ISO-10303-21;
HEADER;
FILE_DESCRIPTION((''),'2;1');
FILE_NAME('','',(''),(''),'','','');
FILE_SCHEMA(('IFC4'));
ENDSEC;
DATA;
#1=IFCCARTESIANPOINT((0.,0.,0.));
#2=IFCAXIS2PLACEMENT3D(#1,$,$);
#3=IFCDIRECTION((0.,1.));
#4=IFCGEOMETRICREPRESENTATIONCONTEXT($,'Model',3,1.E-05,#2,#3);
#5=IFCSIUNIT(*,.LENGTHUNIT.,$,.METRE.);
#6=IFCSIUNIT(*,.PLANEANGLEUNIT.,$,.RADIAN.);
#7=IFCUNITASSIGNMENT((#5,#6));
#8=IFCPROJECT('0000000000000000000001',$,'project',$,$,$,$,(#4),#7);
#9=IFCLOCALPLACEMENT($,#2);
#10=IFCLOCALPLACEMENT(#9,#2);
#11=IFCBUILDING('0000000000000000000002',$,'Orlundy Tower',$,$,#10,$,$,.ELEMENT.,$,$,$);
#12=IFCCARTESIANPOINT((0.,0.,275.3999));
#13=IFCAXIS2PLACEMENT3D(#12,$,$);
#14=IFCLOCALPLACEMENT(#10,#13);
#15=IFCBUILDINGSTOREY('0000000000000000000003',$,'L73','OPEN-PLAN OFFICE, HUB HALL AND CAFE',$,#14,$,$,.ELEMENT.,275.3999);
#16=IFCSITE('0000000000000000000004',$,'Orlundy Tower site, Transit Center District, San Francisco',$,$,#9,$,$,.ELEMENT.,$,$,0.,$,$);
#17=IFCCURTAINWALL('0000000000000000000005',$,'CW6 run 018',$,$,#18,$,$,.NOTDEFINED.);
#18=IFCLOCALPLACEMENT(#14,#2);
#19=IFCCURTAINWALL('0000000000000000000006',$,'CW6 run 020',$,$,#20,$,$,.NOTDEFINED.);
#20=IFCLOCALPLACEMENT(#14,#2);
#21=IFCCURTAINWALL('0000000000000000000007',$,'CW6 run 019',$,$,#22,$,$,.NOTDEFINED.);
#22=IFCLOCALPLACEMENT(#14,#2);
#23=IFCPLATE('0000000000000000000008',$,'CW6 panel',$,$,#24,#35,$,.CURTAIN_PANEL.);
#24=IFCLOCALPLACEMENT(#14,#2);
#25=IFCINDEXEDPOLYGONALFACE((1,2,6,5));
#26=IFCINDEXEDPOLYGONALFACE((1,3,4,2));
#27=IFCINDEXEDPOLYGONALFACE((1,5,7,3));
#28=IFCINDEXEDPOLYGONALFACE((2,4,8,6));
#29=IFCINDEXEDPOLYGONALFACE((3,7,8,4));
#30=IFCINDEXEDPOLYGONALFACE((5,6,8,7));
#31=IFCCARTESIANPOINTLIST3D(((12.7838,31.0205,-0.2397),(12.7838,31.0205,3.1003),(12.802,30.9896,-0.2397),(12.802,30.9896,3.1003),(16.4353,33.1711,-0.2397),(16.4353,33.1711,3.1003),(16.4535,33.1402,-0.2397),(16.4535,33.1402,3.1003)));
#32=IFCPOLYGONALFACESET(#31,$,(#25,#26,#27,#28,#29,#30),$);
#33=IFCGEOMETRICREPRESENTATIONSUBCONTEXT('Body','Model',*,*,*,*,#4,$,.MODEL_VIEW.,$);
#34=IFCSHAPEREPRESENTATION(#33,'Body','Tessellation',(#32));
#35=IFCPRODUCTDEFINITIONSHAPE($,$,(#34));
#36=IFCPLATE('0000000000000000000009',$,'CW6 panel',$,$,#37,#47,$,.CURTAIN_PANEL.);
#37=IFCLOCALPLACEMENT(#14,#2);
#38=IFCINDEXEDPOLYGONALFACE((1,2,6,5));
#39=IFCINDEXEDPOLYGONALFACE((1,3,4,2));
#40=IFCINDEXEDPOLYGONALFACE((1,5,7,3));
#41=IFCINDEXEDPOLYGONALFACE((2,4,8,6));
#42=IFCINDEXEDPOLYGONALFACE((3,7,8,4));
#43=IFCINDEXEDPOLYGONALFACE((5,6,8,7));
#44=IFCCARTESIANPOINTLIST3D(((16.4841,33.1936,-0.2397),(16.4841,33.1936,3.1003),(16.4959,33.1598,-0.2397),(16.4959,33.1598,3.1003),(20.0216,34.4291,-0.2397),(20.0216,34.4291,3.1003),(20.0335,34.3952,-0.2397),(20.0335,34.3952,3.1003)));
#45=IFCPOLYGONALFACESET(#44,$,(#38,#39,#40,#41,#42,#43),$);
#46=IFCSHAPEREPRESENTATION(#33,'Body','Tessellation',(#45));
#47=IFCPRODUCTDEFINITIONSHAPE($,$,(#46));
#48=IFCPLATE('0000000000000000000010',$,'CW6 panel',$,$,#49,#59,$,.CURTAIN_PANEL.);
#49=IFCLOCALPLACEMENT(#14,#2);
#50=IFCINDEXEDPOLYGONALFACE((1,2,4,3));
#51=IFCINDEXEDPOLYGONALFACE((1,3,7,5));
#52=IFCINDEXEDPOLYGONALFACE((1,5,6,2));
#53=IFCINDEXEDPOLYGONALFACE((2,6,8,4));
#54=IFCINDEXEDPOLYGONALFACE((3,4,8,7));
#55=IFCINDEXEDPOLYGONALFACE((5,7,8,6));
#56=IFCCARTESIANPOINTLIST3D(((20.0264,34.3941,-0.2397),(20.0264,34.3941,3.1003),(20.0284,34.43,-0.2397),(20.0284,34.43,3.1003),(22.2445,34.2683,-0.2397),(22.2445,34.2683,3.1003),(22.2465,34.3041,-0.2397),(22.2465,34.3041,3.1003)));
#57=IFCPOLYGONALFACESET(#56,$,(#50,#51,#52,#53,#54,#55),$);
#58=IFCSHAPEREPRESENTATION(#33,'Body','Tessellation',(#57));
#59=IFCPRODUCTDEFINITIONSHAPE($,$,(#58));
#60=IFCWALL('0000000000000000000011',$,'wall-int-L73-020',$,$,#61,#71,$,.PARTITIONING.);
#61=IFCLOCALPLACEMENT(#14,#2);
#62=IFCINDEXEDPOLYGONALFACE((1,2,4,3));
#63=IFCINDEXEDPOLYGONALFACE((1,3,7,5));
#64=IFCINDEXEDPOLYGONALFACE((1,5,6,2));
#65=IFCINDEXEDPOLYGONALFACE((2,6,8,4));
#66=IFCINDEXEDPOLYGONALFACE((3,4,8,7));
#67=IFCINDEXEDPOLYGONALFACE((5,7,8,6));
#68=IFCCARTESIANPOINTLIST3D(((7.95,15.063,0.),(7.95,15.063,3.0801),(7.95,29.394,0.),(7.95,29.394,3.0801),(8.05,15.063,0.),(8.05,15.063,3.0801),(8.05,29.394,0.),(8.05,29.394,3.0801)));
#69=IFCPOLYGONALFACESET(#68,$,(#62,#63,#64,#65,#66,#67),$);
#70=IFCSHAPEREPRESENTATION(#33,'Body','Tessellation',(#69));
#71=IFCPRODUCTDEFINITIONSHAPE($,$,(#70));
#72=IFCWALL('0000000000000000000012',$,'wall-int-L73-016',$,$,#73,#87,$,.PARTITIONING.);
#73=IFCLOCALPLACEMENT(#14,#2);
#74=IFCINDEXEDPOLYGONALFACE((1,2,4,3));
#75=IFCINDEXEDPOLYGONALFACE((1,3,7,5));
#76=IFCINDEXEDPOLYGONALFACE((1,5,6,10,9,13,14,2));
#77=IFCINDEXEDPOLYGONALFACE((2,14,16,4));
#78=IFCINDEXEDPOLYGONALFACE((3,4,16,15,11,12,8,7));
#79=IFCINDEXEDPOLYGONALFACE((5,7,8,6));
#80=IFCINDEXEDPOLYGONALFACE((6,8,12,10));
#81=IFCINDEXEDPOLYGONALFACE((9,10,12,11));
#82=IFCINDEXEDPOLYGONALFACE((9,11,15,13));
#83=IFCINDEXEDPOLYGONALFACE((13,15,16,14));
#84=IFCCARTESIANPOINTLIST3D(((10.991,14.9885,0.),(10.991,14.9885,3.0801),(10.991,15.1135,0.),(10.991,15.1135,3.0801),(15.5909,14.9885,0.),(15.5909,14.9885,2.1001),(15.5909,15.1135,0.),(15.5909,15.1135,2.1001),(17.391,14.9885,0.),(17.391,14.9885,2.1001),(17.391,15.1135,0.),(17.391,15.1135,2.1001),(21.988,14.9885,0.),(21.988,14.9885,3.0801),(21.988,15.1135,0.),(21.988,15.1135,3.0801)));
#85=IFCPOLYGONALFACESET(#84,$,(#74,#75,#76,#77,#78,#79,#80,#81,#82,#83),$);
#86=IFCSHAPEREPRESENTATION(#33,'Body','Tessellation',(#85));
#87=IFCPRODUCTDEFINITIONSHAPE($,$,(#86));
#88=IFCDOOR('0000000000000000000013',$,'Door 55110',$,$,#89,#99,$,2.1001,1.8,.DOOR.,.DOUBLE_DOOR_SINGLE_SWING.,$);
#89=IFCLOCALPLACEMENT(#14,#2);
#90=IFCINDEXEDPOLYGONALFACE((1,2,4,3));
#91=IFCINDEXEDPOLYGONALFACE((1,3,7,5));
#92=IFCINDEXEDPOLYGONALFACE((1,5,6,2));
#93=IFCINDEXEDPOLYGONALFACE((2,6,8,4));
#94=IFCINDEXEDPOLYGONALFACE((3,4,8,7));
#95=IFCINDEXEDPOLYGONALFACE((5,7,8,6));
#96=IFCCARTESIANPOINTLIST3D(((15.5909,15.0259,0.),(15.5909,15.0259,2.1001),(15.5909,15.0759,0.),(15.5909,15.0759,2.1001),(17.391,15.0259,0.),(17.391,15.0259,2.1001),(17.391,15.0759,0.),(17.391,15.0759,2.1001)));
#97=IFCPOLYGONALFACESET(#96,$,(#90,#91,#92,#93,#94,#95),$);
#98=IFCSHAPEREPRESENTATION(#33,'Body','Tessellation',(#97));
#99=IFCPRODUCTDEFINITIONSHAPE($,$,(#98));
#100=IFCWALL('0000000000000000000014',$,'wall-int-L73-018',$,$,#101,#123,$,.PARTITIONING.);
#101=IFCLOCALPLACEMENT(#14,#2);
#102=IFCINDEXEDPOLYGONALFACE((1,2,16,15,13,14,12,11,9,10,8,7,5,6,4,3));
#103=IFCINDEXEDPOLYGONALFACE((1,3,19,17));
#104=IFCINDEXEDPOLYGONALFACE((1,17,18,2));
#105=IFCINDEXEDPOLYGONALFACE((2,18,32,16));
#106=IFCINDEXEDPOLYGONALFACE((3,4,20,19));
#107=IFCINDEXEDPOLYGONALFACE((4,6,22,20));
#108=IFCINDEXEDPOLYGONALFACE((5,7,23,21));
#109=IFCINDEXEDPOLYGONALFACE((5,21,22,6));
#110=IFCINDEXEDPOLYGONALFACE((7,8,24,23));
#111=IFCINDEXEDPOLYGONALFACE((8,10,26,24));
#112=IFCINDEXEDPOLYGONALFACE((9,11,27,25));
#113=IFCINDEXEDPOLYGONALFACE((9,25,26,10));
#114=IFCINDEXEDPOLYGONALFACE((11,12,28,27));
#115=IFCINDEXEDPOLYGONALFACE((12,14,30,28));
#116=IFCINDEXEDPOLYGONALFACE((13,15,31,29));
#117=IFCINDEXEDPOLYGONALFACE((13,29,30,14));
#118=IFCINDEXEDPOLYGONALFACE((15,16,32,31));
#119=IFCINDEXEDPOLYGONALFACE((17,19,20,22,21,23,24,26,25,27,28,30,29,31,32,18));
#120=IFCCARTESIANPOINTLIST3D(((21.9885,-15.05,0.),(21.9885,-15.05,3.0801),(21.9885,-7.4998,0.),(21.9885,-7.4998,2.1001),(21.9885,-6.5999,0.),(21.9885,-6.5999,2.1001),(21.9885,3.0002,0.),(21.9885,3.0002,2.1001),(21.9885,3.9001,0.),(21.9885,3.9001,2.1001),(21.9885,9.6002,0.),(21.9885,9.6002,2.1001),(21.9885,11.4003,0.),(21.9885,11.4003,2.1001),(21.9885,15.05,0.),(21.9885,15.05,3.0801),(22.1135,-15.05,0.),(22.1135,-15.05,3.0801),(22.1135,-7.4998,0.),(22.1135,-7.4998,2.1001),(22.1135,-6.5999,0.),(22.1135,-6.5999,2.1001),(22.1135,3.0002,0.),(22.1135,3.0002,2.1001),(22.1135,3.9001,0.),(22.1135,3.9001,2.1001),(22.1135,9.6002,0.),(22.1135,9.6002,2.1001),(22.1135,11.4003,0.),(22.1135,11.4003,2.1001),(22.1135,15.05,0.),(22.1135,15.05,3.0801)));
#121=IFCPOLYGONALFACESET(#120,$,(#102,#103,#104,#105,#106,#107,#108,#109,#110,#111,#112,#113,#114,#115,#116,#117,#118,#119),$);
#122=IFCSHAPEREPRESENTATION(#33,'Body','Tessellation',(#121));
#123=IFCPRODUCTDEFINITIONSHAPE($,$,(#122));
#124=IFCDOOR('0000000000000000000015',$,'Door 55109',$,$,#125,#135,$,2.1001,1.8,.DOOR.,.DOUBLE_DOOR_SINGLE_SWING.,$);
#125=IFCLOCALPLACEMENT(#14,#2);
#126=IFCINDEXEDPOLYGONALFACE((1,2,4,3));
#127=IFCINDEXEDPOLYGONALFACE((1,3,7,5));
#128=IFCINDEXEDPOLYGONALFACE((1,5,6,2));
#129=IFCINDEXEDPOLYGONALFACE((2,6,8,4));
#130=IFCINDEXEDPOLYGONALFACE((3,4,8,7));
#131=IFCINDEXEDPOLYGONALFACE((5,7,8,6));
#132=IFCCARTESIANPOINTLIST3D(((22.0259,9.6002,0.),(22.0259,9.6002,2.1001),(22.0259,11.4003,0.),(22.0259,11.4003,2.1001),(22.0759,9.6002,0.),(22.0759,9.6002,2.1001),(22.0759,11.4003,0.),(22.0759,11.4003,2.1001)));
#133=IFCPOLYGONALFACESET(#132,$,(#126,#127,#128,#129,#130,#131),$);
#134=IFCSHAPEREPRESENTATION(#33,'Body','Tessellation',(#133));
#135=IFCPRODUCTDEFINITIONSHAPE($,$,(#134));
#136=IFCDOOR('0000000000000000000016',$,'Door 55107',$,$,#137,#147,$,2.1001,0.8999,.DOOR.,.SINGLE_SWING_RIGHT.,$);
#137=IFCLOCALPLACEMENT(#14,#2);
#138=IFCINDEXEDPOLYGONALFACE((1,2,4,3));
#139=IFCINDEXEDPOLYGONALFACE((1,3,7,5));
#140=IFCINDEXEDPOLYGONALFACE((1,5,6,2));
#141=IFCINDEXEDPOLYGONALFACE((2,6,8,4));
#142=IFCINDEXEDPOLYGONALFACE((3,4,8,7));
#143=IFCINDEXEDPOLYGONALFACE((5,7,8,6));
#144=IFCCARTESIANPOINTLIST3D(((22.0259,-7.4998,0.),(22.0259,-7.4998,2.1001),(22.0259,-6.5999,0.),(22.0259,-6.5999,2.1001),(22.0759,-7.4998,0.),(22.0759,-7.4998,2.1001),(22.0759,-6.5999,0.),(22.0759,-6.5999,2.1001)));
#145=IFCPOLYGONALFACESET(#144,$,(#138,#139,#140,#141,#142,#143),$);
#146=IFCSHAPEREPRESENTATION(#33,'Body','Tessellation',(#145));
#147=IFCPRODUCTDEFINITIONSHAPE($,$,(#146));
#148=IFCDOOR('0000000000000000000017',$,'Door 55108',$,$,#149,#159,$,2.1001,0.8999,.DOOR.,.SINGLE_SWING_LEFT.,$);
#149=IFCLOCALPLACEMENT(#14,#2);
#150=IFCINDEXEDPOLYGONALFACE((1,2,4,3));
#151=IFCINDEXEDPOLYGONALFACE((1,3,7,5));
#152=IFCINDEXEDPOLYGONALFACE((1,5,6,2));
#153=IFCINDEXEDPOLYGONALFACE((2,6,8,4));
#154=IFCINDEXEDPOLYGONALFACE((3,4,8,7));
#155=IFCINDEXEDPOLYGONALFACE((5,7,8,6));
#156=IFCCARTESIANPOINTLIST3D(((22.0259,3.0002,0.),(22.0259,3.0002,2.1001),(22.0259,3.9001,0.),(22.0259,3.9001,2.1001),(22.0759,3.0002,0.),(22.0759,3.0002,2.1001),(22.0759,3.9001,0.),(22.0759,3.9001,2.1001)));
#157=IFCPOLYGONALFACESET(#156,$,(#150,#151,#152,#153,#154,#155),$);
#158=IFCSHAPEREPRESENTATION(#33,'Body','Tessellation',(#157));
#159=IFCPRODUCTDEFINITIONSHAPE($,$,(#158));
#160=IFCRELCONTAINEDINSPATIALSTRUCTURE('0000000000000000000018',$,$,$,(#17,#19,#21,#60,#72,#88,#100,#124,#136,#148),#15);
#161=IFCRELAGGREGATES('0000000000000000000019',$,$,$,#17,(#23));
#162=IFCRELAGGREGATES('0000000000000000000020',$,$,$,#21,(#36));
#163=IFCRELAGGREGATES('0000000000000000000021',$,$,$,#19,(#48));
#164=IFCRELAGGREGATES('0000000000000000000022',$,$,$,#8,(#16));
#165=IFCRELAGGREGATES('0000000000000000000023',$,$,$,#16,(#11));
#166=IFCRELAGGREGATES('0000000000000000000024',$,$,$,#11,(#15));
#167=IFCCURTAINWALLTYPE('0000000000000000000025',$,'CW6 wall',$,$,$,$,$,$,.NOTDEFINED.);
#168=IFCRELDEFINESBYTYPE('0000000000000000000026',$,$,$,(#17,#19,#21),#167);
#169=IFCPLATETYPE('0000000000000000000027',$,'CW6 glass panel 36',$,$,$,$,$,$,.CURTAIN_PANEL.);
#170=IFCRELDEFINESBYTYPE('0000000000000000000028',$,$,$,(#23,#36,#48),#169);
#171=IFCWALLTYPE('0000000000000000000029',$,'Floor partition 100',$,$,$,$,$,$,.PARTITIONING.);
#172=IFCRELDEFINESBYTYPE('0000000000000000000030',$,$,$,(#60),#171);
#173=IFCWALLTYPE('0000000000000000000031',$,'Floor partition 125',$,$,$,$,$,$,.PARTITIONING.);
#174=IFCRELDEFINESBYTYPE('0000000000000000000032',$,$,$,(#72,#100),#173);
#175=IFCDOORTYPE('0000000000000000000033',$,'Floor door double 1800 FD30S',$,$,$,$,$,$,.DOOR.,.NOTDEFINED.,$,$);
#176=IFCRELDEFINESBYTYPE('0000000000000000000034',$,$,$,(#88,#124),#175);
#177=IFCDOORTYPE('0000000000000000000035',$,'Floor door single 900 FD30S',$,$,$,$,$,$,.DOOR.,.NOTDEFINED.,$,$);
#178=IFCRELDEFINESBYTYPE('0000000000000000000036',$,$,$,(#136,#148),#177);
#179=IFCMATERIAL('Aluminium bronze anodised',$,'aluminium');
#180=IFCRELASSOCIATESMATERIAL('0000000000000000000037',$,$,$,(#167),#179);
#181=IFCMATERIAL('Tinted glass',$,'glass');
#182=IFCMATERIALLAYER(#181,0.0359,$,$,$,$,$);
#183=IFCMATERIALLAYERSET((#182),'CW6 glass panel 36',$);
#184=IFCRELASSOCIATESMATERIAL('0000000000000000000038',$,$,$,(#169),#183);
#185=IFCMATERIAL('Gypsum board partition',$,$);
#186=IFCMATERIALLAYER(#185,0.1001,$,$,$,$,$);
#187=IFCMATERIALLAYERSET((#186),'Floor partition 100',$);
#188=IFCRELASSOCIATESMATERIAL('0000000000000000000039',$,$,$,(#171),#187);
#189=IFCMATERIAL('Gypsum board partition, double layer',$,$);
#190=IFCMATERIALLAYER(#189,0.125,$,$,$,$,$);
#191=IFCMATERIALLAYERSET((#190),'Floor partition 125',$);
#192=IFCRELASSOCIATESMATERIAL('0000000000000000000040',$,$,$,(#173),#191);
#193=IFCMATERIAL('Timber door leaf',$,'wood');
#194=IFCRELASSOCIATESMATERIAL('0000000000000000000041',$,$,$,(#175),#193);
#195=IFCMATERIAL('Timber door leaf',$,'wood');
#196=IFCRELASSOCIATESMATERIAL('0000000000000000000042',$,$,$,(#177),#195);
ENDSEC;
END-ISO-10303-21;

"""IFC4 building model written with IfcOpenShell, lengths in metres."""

from ifc_helpers import new_model, si_unit, direction, frame, frame_2d, origin, origin_2d, place, context, subcontext, project, spatial, rectangle, extrude, material, layer, layer_set, type_object, element, fill, aggregate, save


model = new_model("IFC4")

# Units and contexts
model_context = context("Model", 3, precision=1e-05, world=origin(), true_north=direction((0.0, 1.0)))
body_context = subcontext(model_context, "Body", "Model", "MODEL_VIEW")
ifc_project = project(units=[si_unit("LENGTHUNIT", "METRE"), si_unit("PLANEANGLEUNIT", "RADIAN")], contexts=[model_context])

# Site, building, storey
site_placement = place(None, origin())
site = spatial("IfcSite", under=ifc_project, at=site_placement, Name="Orlundy Tower site, Transit Center District, San Francisco", CompositionType="ELEMENT", RefElevation=0.0)
building_placement = place(site_placement, origin())
building = spatial("IfcBuilding", under=site, at=building_placement, Name="Orlundy Tower", CompositionType="ELEMENT")
storey_placement = place(building_placement, frame((0.0, 0.0, 275.3999)))
storey = spatial("IfcBuildingStorey", under=building, at=storey_placement, Name="L73", Description="OPEN-PLAN OFFICE, HUB HALL AND CAFE", CompositionType="ELEMENT", Elevation=275.3999)

# Curtain walls
ifc_material_1 = material(Name="Aluminium bronze anodised", Category="aluminium")
curtain_wall_type = type_object("IfcCurtainWallType", Name="CW6 wall", PredefinedType="NOTDEFINED", material=ifc_material_1)
curtain_wall_1_placement = place(storey_placement, origin())
curtain_wall_1 = element("IfcCurtainWall", 1, at=curtain_wall_1_placement, inside=storey, type_object=curtain_wall_type, Name="CW6 run 018", PredefinedType="NOTDEFINED")
curtain_wall_2_placement = place(storey_placement, origin())
curtain_wall_2 = element("IfcCurtainWall", 2, at=curtain_wall_2_placement, inside=storey, type_object=curtain_wall_type, Name="CW6 run 020", PredefinedType="NOTDEFINED")

# Curtain wall
curtain_wall_3_placement = place(storey_placement, origin())
curtain_wall_3 = element("IfcCurtainWall", 3, at=curtain_wall_3_placement, inside=storey, type_object=curtain_wall_type, Name="CW6 run 019", PredefinedType="NOTDEFINED")

# Plates
ifc_material_2 = material(Name="Tinted glass", Category="glass")
ifc_layer_1 = layer(ifc_material_2, 0.0359)
ifc_layer_set_1 = layer_set([ifc_layer_1], Name="CW6 glass panel 36")
plate_type = type_object("IfcPlateType", Name="CW6 glass panel 36", PredefinedType="CURTAIN_PANEL", material=ifc_layer_set_1)
plate_1_placement = place(storey_placement, frame((14.6187, 32.0803, -0.2397), z_axis=(0.0, 0.0, 1.0), x_axis=(0.861663, 0.507481, 0.0)))
plate_1 = element("IfcPlate", 4, at=plate_1_placement, type_object=plate_type, Name="CW6 panel", PredefinedType="CURTAIN_PANEL", context=body_context, shape_type="SweptSolid", body=[
    extrude(rectangle(XDim=4.2378, YDim=0.0359, at=origin_2d()), origin(), (0.0, 0.0, 1.0), 3.3401),
])
aggregate(curtain_wall_1, [plate_1])
plate_2_placement = place(storey_placement, frame((18.2588, 33.7944, -0.2397), z_axis=(0.0, 0.0, 1.0), x_axis=(0.944081, 0.329713, 0.0)))
plate_2 = element("IfcPlate", 5, at=plate_2_placement, type_object=plate_type, Name="CW6 panel", PredefinedType="CURTAIN_PANEL", context=body_context, shape_type="SweptSolid", body=[
    extrude(rectangle(XDim=3.7471, YDim=0.0359, at=origin_2d()), origin(), (0.0, 0.0, 1.0), 3.3401),
])
aggregate(curtain_wall_3, [plate_2])
plate_3_placement = place(storey_placement, frame((21.1365, 34.3491, -0.2397), z_axis=(0.0, 0.0, 1.0), x_axis=(0.998394, -0.05665, 0.0)))
plate_3 = element("IfcPlate", 6, at=plate_3_placement, type_object=plate_type, Name="CW6 panel", PredefinedType="CURTAIN_PANEL", context=body_context, shape_type="SweptSolid", body=[
    extrude(rectangle(XDim=2.2217, YDim=0.0359, at=origin_2d()), origin(), (0.0, 0.0, 1.0), 3.3401),
])
aggregate(curtain_wall_2, [plate_3])

# Wall
ifc_material_3 = material(Name="Gypsum board partition")
ifc_layer_2 = layer(ifc_material_3, 0.1001)
ifc_layer_set_2 = layer_set([ifc_layer_2], Name="Floor partition 100")
wall_type_1 = type_object("IfcWallType", Name="Floor partition 100", PredefinedType="PARTITIONING", material=ifc_layer_set_2)
wall_1_placement = place(storey_placement, frame((8.0, 15.063, 0.0), z_axis=(0.0, 0.0, 1.0), x_axis=(0.0, 1.0, 0.0)))
element("IfcWall", 7, at=wall_1_placement, inside=storey, type_object=wall_type_1, Name="wall-int-L73-020", PredefinedType="PARTITIONING", context=body_context, shape_type="SweptSolid", body=[
    extrude(rectangle(XDim=14.3311, YDim=0.1001, at=frame_2d((7.1655, 0.0))), origin(), (0.0, 0.0, 1.0), 3.0801),
])

# Wall, opening, door
ifc_material_4 = material(Name="Gypsum board partition, double layer")
ifc_layer_3 = layer(ifc_material_4, 0.125)
ifc_layer_set_3 = layer_set([ifc_layer_3], Name="Floor partition 125")
wall_type_2 = type_object("IfcWallType", Name="Floor partition 125", PredefinedType="PARTITIONING", material=ifc_layer_set_3)
wall_2_placement = place(storey_placement, frame((10.991, 15.051, 0.0), z_axis=(0.0, 0.0, 1.0), x_axis=(1.0, 0.0, 0.0)))
wall_2 = element("IfcWall", 8, at=wall_2_placement, inside=storey, type_object=wall_type_2, Name="wall-int-L73-016", PredefinedType="PARTITIONING", context=body_context, shape_type="SweptSolid", body=[
    extrude(rectangle(XDim=10.9971, YDim=0.125, at=frame_2d((5.4985, 0.0))), origin(), (0.0, 0.0, 1.0), 3.0801),
])
opening_1_placement = place(wall_2_placement, frame((4.6001, 0.0, 0.0)))
opening_1 = element("IfcOpeningElement", 9, at=opening_1_placement, cuts=wall_2, PredefinedType="OPENING", context=body_context, shape_type="SweptSolid", body=[
    extrude(rectangle(XDim=1.8, YDim=2.1001, at=frame_2d((0.8999, 1.05))), frame((0.0, 0.0725, 0.0), z_axis=(0.0, -1.0, 0.0), x_axis=(1.0, 0.0, 0.0)), (0.0, 0.0, 1.0), 0.145),
])
ifc_material_5 = material(Name="Timber door leaf", Category="wood")
door_type_1 = type_object("IfcDoorType", Name="Floor door double 1800 FD30S", OperationType="NOTDEFINED", PredefinedType="DOOR", material=ifc_material_5)
door_1_placement = place(opening_1_placement, origin())
door_1 = element("IfcDoor", 10, at=door_1_placement, inside=storey, type_object=door_type_1, Name="Door 55110", OperationType="DOUBLE_DOOR_SINGLE_SWING", OverallHeight=2.1001, OverallWidth=1.8, PredefinedType="DOOR", context=body_context, shape_type="SweptSolid", body=[
    extrude(rectangle(XDim=1.8, YDim=2.1001, at=frame_2d((0.8999, 1.05))), frame((0.0, 0.0249, 0.0), z_axis=(0.0, -1.0, 0.0), x_axis=(1.0, 0.0, 0.0)), (0.0, 0.0, 1.0), 0.05),
])
fill(opening_1, door_1)

# Wall, openings, doors
wall_3_placement = place(storey_placement, frame((22.051, 15.05, 0.0), z_axis=(0.0, 0.0, 1.0), x_axis=(0.0, -1.0, 0.0)))
wall_3 = element("IfcWall", 11, at=wall_3_placement, inside=storey, type_object=wall_type_2, Name="wall-int-L73-018", PredefinedType="PARTITIONING", context=body_context, shape_type="SweptSolid", body=[
    extrude(rectangle(XDim=30.1001, YDim=0.125, at=frame_2d((15.05, 0.0))), origin(), (0.0, 0.0, 1.0), 3.0801),
])
opening_2_placement = place(wall_3_placement, frame((21.6499, 0.0, 0.0)))
opening_2 = element("IfcOpeningElement", 12, at=opening_2_placement, cuts=wall_3, PredefinedType="OPENING", context=body_context, shape_type="SweptSolid", body=[
    extrude(rectangle(XDim=0.8999, YDim=2.1001, at=frame_2d((0.45, 1.05))), frame((0.0, 0.0725, 0.0), z_axis=(0.0, -1.0, 0.0), x_axis=(1.0, 0.0, 0.0)), (0.0, 0.0, 1.0), 0.145),
])
opening_3_placement = place(wall_3_placement, frame((11.1499, 0.0, 0.0)))
opening_3 = element("IfcOpeningElement", 13, at=opening_3_placement, cuts=wall_3, PredefinedType="OPENING", context=body_context, shape_type="SweptSolid", body=[
    extrude(rectangle(XDim=0.8999, YDim=2.1001, at=frame_2d((0.45, 1.05))), frame((0.0, 0.0725, 0.0), z_axis=(0.0, -1.0, 0.0), x_axis=(1.0, 0.0, 0.0)), (0.0, 0.0, 1.0), 0.145),
])
opening_4_placement = place(wall_3_placement, frame((3.6499, 0.0, 0.0)))
opening_4 = element("IfcOpeningElement", 14, at=opening_4_placement, cuts=wall_3, PredefinedType="OPENING", context=body_context, shape_type="SweptSolid", body=[
    extrude(rectangle(XDim=1.8, YDim=2.1001, at=frame_2d((0.8999, 1.05))), frame((0.0, 0.0725, 0.0), z_axis=(0.0, -1.0, 0.0), x_axis=(1.0, 0.0, 0.0)), (0.0, 0.0, 1.0), 0.145),
])
door_2_placement = place(opening_4_placement, origin())
door_2 = element("IfcDoor", 15, at=door_2_placement, inside=storey, type_object=door_type_1, Name="Door 55109", OperationType="DOUBLE_DOOR_SINGLE_SWING", OverallHeight=2.1001, OverallWidth=1.8, PredefinedType="DOOR", context=body_context, shape_type="SweptSolid", body=[
    extrude(rectangle(XDim=1.8, YDim=2.1001, at=frame_2d((0.8999, 1.05))), frame((0.0, 0.0249, 0.0), z_axis=(0.0, -1.0, 0.0), x_axis=(1.0, 0.0, 0.0)), (0.0, 0.0, 1.0), 0.05),
])
fill(opening_4, door_2)
ifc_material_6 = material(Name="Timber door leaf", Category="wood")
door_type_2 = type_object("IfcDoorType", Name="Floor door single 900 FD30S", OperationType="NOTDEFINED", PredefinedType="DOOR", material=ifc_material_6)
door_3_placement = place(opening_2_placement, origin())
door_3 = element("IfcDoor", 16, at=door_3_placement, inside=storey, type_object=door_type_2, Name="Door 55107", OperationType="SINGLE_SWING_RIGHT", OverallHeight=2.1001, OverallWidth=0.8999, PredefinedType="DOOR", context=body_context, shape_type="SweptSolid", body=[
    extrude(rectangle(XDim=0.8999, YDim=2.1001, at=frame_2d((0.45, 1.05))), frame((0.0, 0.0249, 0.0), z_axis=(0.0, -1.0, 0.0), x_axis=(1.0, 0.0, 0.0)), (0.0, 0.0, 1.0), 0.05),
])
fill(opening_2, door_3)
door_4_placement = place(opening_3_placement, origin())
door_4 = element("IfcDoor", 17, at=door_4_placement, inside=storey, type_object=door_type_2, Name="Door 55108", OperationType="SINGLE_SWING_LEFT", OverallHeight=2.1001, OverallWidth=0.8999, PredefinedType="DOOR", context=body_context, shape_type="SweptSolid", body=[
    extrude(rectangle(XDim=0.8999, YDim=2.1001, at=frame_2d((0.45, 1.05))), frame((0.0, 0.0249, 0.0), z_axis=(0.0, -1.0, 0.0), x_axis=(1.0, 0.0, 0.0)), (0.0, 0.0, 1.0), 0.05),
])
fill(opening_3, door_4)

save(model, "model.ifc")
